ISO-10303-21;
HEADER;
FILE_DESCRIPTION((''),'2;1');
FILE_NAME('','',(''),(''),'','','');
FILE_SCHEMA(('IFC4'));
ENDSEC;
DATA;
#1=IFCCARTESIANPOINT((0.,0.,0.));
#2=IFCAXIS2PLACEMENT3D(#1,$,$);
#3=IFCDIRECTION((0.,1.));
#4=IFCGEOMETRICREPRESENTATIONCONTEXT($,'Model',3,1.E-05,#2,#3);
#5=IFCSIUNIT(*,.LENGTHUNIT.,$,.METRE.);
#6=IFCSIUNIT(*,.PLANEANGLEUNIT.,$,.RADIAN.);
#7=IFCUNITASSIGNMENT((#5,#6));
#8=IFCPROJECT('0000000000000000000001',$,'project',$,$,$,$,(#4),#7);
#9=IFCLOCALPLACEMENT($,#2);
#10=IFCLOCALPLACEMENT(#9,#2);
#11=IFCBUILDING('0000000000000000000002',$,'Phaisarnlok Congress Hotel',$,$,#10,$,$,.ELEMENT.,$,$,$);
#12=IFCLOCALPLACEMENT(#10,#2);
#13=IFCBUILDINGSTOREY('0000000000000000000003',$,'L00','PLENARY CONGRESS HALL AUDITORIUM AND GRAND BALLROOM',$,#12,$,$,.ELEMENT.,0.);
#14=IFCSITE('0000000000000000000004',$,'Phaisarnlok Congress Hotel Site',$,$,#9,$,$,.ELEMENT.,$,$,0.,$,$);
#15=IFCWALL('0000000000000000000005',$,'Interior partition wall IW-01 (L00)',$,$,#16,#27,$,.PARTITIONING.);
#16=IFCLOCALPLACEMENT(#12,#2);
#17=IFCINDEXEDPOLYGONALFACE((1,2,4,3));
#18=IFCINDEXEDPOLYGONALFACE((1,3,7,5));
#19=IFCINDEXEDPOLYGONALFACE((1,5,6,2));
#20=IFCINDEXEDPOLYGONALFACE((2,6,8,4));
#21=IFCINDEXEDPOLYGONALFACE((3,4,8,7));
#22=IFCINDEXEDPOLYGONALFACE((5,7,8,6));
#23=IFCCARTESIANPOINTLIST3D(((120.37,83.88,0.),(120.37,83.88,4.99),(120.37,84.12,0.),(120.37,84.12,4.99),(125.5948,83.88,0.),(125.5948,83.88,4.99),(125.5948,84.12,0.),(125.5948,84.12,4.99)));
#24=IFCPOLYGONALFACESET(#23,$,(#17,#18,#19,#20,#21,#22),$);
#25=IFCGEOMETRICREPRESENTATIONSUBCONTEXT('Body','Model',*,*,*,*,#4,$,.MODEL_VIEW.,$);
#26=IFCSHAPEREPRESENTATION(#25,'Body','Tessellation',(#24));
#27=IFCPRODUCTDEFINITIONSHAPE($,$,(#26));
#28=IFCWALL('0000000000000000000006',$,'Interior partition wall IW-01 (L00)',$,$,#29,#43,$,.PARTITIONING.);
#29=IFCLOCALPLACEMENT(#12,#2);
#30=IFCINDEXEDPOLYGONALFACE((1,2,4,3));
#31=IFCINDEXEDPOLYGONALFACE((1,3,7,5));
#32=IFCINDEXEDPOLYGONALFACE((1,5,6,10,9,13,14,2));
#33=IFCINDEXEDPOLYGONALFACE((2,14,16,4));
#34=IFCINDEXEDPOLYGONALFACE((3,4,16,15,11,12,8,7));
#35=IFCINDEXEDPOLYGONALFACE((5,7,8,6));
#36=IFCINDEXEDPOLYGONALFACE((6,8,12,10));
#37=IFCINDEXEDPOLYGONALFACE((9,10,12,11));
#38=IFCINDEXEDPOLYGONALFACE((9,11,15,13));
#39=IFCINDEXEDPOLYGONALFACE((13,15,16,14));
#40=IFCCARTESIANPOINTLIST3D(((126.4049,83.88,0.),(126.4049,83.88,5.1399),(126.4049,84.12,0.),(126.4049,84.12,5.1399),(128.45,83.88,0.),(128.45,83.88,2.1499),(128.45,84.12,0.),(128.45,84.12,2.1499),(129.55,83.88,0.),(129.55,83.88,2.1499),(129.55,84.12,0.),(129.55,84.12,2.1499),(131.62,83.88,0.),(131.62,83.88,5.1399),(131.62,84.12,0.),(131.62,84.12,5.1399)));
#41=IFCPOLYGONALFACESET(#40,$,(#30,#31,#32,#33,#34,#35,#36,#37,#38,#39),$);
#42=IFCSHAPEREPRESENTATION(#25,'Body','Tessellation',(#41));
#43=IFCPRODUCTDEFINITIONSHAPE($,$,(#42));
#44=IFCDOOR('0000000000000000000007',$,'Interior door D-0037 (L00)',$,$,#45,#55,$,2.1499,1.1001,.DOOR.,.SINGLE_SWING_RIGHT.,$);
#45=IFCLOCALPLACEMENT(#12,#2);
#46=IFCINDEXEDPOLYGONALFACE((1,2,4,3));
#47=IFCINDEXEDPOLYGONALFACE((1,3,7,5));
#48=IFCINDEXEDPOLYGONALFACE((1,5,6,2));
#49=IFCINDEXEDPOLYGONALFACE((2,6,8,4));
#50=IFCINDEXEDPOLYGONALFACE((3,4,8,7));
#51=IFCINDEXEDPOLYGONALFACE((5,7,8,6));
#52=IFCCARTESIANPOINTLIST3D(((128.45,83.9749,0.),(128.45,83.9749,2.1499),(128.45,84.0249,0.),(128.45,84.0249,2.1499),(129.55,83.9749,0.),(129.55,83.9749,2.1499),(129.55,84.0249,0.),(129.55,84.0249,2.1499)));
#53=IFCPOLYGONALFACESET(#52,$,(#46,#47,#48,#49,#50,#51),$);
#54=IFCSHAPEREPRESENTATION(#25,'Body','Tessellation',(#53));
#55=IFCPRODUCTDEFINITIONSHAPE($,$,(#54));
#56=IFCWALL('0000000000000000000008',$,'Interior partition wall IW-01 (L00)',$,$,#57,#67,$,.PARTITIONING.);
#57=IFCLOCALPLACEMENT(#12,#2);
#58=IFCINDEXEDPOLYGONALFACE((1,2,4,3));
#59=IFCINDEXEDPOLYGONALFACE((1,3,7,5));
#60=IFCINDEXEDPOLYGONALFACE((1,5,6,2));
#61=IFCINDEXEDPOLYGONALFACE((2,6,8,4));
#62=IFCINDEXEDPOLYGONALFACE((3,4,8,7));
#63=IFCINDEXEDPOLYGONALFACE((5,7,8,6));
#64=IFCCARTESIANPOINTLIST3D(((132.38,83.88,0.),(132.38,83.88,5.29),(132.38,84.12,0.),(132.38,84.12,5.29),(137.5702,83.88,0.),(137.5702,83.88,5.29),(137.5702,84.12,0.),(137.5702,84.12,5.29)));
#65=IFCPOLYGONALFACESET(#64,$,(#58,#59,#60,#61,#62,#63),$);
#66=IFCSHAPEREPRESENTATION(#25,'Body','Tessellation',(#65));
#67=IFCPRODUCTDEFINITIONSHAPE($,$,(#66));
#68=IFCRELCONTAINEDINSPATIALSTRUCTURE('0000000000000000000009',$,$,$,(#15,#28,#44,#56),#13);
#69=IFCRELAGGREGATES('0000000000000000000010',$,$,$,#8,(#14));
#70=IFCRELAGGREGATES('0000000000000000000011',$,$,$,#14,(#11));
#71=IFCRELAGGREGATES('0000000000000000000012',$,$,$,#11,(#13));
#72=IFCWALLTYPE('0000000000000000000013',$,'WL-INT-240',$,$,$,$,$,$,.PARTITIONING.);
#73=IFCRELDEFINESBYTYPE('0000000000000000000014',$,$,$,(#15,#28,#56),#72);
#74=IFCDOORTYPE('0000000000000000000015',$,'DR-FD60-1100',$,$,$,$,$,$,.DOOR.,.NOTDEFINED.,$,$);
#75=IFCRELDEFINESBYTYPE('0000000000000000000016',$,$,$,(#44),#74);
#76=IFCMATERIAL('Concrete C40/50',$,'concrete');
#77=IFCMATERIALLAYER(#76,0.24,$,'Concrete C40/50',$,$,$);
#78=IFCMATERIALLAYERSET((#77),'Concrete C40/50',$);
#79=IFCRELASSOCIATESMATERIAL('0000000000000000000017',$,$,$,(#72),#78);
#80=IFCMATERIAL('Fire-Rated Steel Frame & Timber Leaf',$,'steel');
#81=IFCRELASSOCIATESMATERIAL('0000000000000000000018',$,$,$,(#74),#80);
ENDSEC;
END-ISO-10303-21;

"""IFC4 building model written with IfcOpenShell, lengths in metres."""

from ifc_helpers import new_model, si_unit, direction, frame, frame_2d, origin, place, context, subcontext, project, spatial, rectangle, extrude, material, layer, layer_set, type_object, element, fill, save


model = new_model("IFC4")

# Units and contexts
model_context = context("Model", 3, precision=1e-05, world=origin(), true_north=direction((0.0, 1.0)))
body_context = subcontext(model_context, "Body", "Model", "MODEL_VIEW")
ifc_project = project(units=[si_unit("LENGTHUNIT", "METRE"), si_unit("PLANEANGLEUNIT", "RADIAN")], contexts=[model_context])

# Site, building, storey
site_placement = place(None, origin())
site = spatial("IfcSite", under=ifc_project, at=site_placement, Name="Phaisarnlok Congress Hotel Site", CompositionType="ELEMENT", RefElevation=0.0)
building_placement = place(site_placement, origin())
building = spatial("IfcBuilding", under=site, at=building_placement, Name="Phaisarnlok Congress Hotel", CompositionType="ELEMENT")
storey_placement = place(building_placement, origin())
storey = spatial("IfcBuildingStorey", under=building, at=storey_placement, Name="L00", Description="PLENARY CONGRESS HALL AUDITORIUM AND GRAND BALLROOM", CompositionType="ELEMENT", Elevation=0.0)

# Shared definitions
ifc_material_1 = material(Name="Concrete C40/50", Category="concrete")

# Wall
ifc_layer_1 = layer(ifc_material_1, 0.24, Name="Concrete C40/50")
ifc_layer_set_1 = layer_set([ifc_layer_1], Name="Concrete C40/50")
wall_type_1 = type_object("IfcWallType", Name="WL-INT-240", PredefinedType="PARTITIONING", material=ifc_layer_set_1)
wall_1_placement = place(storey_placement, frame((120.3701, 84.0, 0.0), z_axis=(0.0, 0.0, 1.0), x_axis=(1.0, 0.0, 0.0)))
element("IfcWall", 1, at=wall_1_placement, inside=storey, type_object=wall_type_1, Name="Interior partition wall IW-01 (L00)", PredefinedType="PARTITIONING", context=body_context, shape_type="SweptSolid", body=[
    extrude(rectangle(XDim=5.2249, YDim=0.24, at=frame_2d((2.6123, 0.0))), origin(), (0.0, 0.0, 1.0), 4.99),
])

# Wall, opening, door
wall_2_placement = place(storey_placement, frame((126.405, 84.0, 0.0), z_axis=(0.0, 0.0, 1.0), x_axis=(1.0, 0.0, 0.0)))
wall_2 = element("IfcWall", 2, at=wall_2_placement, inside=storey, type_object=wall_type_1, Name="Interior partition wall IW-01 (L00)", PredefinedType="PARTITIONING", context=body_context, shape_type="SweptSolid", body=[
    extrude(rectangle(XDim=5.2151, YDim=0.24, at=frame_2d((2.6074, 0.0))), origin(), (0.0, 0.0, 1.0), 5.1399),
])
opening_placement = place(wall_2_placement, frame((2.0449, 0.0, 0.0)))
opening = element("IfcOpeningElement", 3, at=opening_placement, cuts=wall_2, PredefinedType="OPENING", context=body_context, shape_type="SweptSolid", body=[
    extrude(rectangle(XDim=1.1001, YDim=2.1499, at=frame_2d((0.55, 1.075))), frame((0.0, 0.1299, 0.0), z_axis=(0.0, -1.0, 0.0), x_axis=(1.0, 0.0, 0.0)), (0.0, 0.0, 1.0), 0.26),
])
ifc_material_2 = material(Name="Fire-Rated Steel Frame & Timber Leaf", Category="steel")
door_type = type_object("IfcDoorType", Name="DR-FD60-1100", OperationType="NOTDEFINED", PredefinedType="DOOR", material=ifc_material_2)
door_placement = place(opening_placement, origin())
door = element("IfcDoor", 4, at=door_placement, inside=storey, type_object=door_type, Name="Interior door D-0037 (L00)", OperationType="SINGLE_SWING_RIGHT", OverallHeight=2.1499, OverallWidth=1.1001, PredefinedType="DOOR", context=body_context, shape_type="SweptSolid", body=[
    extrude(rectangle(XDim=1.1001, YDim=2.1499, at=frame_2d((0.55, 1.075))), frame((0.0, 0.0249, 0.0), z_axis=(0.0, -1.0, 0.0), x_axis=(1.0, 0.0, 0.0)), (0.0, 0.0, 1.0), 0.05),
])
fill(opening, door)

# Wall
wall_3_placement = place(storey_placement, frame((132.3799, 84.0, 0.0), z_axis=(0.0, 0.0, 1.0), x_axis=(1.0, 0.0, 0.0)))
element("IfcWall", 5, at=wall_3_placement, inside=storey, type_object=wall_type_1, Name="Interior partition wall IW-01 (L00)", PredefinedType="PARTITIONING", context=body_context, shape_type="SweptSolid", body=[
    extrude(rectangle(XDim=5.1902, YDim=0.24, at=frame_2d((2.5952, 0.0))), origin(), (0.0, 0.0, 1.0), 5.29),
])

save(model, "model.ifc")
